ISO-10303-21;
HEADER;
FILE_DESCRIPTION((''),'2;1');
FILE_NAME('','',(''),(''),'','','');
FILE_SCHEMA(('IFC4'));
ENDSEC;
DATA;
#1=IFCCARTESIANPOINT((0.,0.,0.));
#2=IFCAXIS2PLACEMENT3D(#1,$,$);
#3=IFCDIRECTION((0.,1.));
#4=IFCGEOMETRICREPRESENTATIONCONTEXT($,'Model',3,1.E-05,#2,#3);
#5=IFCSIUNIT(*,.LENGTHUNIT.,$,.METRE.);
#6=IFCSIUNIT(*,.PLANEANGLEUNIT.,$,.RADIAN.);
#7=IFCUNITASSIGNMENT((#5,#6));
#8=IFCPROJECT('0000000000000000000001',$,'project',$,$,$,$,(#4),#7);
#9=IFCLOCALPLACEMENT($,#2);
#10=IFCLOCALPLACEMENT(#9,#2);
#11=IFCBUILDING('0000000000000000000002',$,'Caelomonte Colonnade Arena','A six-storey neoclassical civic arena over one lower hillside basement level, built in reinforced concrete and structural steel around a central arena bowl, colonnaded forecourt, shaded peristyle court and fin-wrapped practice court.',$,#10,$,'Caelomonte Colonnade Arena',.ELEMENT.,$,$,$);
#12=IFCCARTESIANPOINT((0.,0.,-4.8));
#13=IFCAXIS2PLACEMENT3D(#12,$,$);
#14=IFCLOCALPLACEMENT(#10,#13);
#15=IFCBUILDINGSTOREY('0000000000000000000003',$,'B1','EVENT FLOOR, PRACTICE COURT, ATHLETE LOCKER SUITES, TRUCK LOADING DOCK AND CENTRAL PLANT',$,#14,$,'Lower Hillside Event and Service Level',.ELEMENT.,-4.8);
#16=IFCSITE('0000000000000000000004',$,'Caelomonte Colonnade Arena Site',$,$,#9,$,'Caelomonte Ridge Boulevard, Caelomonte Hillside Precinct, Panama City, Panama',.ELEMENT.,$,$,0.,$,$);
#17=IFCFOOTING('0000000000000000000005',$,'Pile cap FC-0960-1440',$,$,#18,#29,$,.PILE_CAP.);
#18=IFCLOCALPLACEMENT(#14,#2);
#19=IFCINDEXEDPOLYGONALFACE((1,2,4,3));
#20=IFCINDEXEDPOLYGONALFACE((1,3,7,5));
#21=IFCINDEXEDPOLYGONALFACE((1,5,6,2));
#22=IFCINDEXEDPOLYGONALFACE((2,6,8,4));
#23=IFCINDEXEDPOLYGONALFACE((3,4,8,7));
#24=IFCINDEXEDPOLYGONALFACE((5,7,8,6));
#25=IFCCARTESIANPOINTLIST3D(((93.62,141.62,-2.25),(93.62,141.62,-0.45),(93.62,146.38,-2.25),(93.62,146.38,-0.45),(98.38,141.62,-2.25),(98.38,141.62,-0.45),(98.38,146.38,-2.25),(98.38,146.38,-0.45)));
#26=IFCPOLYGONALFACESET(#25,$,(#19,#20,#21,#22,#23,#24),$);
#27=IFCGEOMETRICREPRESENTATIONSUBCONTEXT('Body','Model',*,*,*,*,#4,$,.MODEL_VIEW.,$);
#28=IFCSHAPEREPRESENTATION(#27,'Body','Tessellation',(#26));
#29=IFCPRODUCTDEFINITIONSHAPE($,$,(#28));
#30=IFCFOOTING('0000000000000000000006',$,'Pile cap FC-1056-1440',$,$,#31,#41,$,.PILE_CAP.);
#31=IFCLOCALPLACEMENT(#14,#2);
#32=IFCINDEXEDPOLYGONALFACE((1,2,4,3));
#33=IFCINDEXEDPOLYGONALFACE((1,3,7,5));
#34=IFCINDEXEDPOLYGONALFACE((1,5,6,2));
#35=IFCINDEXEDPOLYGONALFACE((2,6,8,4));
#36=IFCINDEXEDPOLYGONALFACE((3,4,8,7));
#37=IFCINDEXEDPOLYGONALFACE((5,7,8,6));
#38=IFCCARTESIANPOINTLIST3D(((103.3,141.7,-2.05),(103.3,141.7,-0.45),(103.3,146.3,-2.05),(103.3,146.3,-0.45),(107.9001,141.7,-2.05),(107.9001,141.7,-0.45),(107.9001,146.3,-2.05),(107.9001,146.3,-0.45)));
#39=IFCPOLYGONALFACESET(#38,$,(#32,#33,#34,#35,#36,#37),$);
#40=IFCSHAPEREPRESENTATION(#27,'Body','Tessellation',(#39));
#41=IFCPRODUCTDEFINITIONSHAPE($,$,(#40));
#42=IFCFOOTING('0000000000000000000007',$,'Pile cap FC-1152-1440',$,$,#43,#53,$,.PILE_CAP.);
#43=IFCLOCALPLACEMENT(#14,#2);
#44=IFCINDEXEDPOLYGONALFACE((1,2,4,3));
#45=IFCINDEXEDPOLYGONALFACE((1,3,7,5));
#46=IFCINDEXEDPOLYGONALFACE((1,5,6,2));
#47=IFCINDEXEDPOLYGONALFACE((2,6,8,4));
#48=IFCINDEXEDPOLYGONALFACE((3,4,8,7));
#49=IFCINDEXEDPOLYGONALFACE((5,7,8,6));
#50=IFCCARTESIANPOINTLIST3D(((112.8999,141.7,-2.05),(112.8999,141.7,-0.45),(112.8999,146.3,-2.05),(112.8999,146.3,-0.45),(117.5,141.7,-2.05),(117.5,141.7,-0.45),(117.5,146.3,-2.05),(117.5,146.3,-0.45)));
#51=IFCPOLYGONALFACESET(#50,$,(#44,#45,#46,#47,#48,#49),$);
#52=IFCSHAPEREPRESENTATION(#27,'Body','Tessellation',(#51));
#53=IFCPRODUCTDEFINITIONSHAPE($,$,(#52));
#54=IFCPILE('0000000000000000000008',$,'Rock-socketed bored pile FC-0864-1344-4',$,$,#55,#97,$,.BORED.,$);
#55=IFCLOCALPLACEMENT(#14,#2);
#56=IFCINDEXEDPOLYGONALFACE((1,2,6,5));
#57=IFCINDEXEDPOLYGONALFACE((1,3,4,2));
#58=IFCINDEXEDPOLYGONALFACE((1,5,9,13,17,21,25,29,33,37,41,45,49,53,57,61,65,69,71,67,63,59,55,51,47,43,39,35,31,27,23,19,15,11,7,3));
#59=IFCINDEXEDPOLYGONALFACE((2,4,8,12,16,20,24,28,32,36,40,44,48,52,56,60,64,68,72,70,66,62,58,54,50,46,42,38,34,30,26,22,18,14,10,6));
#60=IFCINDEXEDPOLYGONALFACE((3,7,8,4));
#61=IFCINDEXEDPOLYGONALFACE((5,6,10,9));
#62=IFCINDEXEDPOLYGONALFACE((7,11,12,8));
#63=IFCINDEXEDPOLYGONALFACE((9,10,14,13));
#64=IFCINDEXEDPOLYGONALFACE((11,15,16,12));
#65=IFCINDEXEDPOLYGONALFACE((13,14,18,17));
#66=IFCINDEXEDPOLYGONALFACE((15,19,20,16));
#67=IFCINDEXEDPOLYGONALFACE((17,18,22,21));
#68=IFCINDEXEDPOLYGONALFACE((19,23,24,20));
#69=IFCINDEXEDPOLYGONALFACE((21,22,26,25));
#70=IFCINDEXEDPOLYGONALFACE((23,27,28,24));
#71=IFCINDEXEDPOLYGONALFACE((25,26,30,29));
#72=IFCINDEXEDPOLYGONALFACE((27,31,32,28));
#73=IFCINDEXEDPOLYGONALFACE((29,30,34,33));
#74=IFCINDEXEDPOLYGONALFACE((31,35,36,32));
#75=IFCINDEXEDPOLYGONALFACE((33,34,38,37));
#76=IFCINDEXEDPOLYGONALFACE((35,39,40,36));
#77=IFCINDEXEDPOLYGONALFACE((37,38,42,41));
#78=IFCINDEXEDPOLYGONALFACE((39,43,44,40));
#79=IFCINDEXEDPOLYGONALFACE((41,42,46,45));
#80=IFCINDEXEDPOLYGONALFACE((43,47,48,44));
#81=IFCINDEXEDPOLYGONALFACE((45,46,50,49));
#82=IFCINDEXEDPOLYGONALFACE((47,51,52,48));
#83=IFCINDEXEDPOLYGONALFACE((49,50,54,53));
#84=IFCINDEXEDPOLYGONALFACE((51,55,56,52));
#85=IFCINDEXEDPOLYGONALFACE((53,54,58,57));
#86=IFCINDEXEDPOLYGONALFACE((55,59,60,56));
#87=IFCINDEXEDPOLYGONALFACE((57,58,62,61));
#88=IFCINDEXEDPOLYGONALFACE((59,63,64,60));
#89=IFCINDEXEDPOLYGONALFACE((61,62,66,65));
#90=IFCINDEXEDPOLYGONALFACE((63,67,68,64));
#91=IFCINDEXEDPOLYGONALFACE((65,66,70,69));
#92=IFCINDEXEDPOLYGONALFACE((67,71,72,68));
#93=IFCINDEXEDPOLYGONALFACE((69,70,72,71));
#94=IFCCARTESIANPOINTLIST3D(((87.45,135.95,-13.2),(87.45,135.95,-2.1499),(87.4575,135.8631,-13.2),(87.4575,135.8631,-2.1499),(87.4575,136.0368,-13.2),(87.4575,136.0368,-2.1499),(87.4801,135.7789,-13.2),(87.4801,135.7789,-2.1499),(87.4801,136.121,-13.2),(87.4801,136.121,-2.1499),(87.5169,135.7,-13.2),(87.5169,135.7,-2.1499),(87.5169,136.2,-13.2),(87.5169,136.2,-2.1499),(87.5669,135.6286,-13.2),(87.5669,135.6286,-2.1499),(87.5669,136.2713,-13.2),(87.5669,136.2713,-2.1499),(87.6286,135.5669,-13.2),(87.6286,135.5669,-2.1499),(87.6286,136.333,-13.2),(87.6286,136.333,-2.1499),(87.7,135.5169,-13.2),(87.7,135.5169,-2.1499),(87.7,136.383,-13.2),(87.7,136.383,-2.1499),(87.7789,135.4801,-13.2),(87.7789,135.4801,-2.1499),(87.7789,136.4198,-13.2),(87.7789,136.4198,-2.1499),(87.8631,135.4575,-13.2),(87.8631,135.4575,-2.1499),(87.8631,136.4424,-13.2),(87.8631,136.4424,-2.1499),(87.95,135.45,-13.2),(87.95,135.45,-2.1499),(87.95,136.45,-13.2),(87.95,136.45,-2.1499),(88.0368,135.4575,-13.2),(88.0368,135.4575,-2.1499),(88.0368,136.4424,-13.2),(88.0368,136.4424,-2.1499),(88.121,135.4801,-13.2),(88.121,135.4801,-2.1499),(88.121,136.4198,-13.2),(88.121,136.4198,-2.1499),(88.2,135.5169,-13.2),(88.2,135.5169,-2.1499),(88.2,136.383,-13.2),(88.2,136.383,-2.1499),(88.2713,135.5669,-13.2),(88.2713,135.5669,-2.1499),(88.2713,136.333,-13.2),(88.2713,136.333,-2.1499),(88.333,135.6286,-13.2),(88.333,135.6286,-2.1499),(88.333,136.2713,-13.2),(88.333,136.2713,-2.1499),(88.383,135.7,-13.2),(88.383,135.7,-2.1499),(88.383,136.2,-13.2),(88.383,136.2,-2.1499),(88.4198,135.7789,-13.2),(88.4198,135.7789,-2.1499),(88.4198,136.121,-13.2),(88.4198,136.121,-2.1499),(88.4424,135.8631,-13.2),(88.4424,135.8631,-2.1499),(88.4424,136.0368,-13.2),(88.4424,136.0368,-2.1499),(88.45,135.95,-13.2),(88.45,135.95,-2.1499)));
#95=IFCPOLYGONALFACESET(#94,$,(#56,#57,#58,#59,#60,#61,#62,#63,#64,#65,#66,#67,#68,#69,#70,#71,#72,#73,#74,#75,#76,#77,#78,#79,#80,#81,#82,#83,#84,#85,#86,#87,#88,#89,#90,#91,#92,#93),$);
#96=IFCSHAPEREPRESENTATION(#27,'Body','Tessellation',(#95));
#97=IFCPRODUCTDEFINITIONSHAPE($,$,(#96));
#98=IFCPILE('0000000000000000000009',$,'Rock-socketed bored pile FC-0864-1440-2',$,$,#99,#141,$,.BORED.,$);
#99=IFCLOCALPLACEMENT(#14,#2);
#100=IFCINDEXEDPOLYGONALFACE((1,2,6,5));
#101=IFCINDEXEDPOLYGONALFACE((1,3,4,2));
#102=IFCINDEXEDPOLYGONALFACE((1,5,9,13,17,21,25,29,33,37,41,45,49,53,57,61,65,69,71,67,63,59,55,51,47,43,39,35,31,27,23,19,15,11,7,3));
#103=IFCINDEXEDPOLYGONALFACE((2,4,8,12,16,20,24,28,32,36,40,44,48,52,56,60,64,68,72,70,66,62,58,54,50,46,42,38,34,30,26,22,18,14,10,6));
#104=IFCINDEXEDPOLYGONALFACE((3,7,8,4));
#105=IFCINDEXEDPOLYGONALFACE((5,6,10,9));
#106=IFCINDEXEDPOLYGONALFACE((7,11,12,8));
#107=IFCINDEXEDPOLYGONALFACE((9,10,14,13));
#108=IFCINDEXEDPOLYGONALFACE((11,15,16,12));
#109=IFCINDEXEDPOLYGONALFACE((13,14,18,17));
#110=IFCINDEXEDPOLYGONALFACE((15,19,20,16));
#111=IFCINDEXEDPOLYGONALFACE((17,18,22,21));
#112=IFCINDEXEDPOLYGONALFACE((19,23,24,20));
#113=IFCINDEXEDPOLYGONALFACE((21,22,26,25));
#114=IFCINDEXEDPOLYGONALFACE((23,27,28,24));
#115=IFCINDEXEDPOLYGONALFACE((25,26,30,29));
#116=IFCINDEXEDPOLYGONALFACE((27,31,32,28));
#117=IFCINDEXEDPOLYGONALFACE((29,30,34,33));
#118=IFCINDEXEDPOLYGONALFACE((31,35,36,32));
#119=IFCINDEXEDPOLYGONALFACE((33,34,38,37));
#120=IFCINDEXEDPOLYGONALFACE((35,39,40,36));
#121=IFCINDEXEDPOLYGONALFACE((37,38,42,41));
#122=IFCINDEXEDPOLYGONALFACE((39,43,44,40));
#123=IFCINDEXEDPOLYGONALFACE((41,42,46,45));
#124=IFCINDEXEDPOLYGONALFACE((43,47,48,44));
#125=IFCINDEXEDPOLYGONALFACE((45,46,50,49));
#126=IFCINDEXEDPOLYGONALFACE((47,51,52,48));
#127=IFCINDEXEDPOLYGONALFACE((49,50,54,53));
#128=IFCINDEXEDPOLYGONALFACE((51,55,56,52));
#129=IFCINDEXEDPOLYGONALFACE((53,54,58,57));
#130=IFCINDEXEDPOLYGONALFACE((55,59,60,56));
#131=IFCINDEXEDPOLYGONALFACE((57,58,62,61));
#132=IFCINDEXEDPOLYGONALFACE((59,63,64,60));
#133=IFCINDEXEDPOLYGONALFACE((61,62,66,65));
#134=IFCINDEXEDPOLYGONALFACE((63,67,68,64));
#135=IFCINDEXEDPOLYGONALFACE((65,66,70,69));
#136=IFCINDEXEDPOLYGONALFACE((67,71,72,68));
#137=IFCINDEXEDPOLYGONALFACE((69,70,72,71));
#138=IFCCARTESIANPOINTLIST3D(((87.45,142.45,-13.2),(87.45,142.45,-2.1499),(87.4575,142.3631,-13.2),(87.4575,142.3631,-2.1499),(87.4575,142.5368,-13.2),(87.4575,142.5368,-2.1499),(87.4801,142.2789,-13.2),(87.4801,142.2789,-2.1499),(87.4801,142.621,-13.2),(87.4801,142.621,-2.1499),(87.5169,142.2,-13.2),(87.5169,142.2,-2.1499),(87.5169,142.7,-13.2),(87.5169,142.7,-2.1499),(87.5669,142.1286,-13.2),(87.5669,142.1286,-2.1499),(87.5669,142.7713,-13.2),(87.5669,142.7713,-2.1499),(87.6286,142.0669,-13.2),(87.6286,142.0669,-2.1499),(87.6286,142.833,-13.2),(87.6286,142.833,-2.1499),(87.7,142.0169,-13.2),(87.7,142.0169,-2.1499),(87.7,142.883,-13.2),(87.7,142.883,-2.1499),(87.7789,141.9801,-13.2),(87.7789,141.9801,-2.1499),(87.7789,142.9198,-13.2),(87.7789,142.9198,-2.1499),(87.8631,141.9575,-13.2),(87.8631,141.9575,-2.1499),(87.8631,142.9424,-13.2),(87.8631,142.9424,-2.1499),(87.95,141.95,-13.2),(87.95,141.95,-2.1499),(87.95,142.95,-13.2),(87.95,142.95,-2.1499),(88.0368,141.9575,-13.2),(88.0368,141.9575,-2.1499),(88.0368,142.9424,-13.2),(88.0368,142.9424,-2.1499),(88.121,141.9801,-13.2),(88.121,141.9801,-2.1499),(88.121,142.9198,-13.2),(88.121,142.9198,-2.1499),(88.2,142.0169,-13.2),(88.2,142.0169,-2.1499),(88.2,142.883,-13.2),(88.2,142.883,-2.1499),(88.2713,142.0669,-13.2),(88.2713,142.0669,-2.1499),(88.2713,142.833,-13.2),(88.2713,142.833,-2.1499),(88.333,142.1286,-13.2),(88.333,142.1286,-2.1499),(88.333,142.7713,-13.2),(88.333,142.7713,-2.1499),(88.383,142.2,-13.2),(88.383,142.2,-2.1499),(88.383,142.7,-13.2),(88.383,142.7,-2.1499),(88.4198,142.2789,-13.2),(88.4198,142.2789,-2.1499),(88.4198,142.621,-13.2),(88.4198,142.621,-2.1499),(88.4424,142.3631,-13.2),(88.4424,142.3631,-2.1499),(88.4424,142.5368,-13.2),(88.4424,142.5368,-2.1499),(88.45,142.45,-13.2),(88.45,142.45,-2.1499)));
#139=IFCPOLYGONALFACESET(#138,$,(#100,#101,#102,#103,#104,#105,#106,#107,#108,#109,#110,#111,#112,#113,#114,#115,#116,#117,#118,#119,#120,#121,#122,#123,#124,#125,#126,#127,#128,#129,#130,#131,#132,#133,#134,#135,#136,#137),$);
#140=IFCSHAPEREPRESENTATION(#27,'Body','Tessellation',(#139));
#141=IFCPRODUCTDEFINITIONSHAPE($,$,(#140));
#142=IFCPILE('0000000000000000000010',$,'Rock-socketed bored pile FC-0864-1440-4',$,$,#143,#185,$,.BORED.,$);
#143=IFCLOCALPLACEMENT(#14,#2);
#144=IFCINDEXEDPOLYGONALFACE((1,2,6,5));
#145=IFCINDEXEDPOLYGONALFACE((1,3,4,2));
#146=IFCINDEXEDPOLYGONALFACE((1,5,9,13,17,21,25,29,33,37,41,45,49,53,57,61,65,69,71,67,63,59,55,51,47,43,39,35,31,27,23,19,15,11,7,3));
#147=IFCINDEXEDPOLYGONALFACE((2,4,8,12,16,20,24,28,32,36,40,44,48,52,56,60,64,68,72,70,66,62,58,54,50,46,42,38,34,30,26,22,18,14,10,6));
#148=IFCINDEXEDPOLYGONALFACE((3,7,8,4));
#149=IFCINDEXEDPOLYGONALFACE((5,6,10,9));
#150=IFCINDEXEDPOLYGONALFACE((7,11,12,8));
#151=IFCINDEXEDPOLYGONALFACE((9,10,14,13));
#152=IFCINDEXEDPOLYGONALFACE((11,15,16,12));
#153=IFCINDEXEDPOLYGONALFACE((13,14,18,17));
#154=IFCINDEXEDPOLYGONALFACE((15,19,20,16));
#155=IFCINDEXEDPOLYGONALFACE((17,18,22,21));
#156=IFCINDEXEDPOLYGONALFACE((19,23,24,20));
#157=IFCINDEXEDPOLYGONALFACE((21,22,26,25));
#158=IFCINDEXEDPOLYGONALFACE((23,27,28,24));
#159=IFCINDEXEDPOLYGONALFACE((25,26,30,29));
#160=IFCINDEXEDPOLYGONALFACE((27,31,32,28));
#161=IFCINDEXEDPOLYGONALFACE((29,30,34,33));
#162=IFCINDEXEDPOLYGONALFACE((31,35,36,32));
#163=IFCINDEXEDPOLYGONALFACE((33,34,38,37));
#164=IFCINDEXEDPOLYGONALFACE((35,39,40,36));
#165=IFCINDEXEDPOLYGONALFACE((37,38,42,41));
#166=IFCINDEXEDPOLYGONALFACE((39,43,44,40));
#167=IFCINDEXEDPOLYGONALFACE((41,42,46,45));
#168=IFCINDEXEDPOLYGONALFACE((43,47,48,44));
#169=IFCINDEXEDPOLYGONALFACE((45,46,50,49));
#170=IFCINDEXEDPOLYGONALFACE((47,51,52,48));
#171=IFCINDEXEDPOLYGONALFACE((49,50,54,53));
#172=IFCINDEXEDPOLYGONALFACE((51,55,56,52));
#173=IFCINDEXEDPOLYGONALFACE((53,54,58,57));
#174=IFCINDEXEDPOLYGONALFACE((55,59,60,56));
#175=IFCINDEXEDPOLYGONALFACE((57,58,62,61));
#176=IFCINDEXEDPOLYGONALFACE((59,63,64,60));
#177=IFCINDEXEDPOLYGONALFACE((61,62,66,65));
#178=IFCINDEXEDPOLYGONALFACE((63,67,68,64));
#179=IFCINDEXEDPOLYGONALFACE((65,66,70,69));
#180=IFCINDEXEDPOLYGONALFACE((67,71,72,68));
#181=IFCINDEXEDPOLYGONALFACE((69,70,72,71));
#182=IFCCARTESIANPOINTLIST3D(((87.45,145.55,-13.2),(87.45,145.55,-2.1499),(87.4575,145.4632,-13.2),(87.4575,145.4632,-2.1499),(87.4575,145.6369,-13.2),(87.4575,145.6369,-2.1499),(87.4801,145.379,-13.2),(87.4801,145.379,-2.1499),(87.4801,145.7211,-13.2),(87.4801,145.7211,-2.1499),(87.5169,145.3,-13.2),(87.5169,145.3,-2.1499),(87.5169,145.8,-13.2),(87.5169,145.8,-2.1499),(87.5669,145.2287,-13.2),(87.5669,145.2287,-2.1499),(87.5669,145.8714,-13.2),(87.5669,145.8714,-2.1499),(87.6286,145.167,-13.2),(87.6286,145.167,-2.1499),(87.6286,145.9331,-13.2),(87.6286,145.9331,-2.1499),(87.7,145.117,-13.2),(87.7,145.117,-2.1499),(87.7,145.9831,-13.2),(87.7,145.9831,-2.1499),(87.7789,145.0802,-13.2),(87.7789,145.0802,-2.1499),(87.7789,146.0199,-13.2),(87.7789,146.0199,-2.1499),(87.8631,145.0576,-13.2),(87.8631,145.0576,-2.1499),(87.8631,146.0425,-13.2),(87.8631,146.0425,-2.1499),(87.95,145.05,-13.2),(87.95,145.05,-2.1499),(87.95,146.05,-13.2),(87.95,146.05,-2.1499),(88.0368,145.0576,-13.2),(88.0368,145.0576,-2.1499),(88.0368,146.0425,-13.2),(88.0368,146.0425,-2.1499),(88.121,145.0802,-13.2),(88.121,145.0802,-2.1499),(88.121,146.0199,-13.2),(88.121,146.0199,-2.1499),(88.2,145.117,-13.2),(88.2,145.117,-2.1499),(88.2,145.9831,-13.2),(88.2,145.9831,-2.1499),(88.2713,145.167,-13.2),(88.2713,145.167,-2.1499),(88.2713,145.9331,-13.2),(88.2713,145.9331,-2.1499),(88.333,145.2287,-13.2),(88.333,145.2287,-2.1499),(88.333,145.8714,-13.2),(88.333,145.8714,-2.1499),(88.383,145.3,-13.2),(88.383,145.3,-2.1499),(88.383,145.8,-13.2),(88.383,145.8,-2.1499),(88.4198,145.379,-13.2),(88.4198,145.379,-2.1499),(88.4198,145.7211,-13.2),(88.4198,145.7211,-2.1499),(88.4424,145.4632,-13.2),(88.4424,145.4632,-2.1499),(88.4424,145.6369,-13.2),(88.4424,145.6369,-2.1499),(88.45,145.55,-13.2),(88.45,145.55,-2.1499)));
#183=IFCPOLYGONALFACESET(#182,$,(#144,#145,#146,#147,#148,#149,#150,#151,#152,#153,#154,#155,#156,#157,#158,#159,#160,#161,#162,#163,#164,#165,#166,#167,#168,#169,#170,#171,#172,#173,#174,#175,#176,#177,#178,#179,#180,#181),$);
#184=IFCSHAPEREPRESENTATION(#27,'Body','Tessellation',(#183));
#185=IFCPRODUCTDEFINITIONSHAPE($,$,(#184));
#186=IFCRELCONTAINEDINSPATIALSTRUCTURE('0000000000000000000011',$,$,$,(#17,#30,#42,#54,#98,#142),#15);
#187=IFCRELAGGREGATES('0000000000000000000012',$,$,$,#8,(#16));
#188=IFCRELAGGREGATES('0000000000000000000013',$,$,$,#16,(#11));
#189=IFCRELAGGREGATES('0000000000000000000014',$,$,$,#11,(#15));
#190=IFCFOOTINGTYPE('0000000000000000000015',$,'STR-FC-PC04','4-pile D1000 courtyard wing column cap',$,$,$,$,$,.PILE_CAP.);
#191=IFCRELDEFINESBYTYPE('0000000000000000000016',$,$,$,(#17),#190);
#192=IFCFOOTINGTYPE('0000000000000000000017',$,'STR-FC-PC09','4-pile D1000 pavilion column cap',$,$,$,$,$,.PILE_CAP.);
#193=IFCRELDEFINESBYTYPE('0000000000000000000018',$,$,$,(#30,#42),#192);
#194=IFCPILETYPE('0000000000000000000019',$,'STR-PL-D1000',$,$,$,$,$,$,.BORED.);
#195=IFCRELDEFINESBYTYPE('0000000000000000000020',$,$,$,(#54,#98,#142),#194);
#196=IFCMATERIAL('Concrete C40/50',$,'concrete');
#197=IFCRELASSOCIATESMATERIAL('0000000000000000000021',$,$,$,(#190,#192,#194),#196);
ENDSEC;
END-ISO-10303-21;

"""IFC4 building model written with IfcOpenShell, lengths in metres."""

from ifc_helpers import new_model, si_unit, direction, frame, origin, origin_2d, place, context, subcontext, project, spatial, rectangle, circle, extrude, material, material_profile, profile_set, type_object, element, save


model = new_model("IFC4")

# Units and contexts
model_context = context("Model", 3, precision=1e-05, world=origin(), true_north=direction((0.0, 1.0)))
body_context = subcontext(model_context, "Body", "Model", "MODEL_VIEW")
ifc_project = project(units=[si_unit("LENGTHUNIT", "METRE"), si_unit("PLANEANGLEUNIT", "RADIAN")], contexts=[model_context])

# Site, building, storey
site_placement = place(None, origin())
site = spatial("IfcSite", under=ifc_project, at=site_placement, Name="Caelomonte Colonnade Arena Site", LongName="Caelomonte Ridge Boulevard, Caelomonte Hillside Precinct, Panama City, Panama", CompositionType="ELEMENT", RefElevation=0.0)
building_placement = place(site_placement, origin())
building = spatial("IfcBuilding", under=site, at=building_placement, Name="Caelomonte Colonnade Arena", Description="A six-storey neoclassical civic arena over one lower hillside basement level, built in reinforced concrete and structural steel around a central arena bowl, colonnaded forecourt, shaded peristyle court and fin-wrapped practice court.", LongName="Caelomonte Colonnade Arena", CompositionType="ELEMENT")
storey_placement = place(building_placement, frame((0.0, 0.0, -4.8)))
storey = spatial("IfcBuildingStorey", under=building, at=storey_placement, Name="B1", Description="EVENT FLOOR, PRACTICE COURT, ATHLETE LOCKER SUITES, TRUCK LOADING DOCK AND CENTRAL PLANT", LongName="Lower Hillside Event and Service Level", CompositionType="ELEMENT", Elevation=-4.8)

# Footings
ifc_material = material(Name="Concrete C40/50", Category="concrete")
footing_type_1 = type_object("IfcFootingType", Name="STR-FC-PC04", Description="4-pile D1000 courtyard wing column cap", PredefinedType="PILE_CAP", material=ifc_material)
footing_placement = place(storey_placement, frame((96.0, 144.0, -2.25), z_axis=(0.0, 0.0, 1.0), x_axis=(1.0, 0.0, 0.0)))
element("IfcFooting", 1, at=footing_placement, inside=storey, type_object=footing_type_1, Name="Pile cap FC-0960-1440", PredefinedType="PILE_CAP", context=body_context, shape_type="SweptSolid", body=[
    extrude(rectangle(XDim=4.76, YDim=4.76, at=origin_2d()), origin(), (0.0, 0.0, 1.0), 1.8),
])
footing_type_2 = type_object("IfcFootingType", Name="STR-FC-PC09", Description="4-pile D1000 pavilion column cap", PredefinedType="PILE_CAP", material=ifc_material)
for number, where, z_axis, x_axis, name in (
    (2, (105.6001, 144.0, -2.05), (0.0, 0.0, 1.0), (1.0, 0.0, 0.0), "Pile cap FC-1056-1440"),
    (3, (115.2, 144.0, -2.05), (0.0, 0.0, 1.0), (1.0, 0.0, 0.0), "Pile cap FC-1152-1440"),
):
    element("IfcFooting", number, at=place(storey_placement, frame(where, z_axis=z_axis, x_axis=x_axis)), inside=storey, type_object=footing_type_2, Name=name, PredefinedType="PILE_CAP", context=body_context, shape_type="SweptSolid", body=[
        extrude(rectangle(XDim=4.6001, YDim=4.6001, at=origin_2d()), origin(), (0.0, 0.0, 1.0), 1.6001),
    ])

# Piles
ifc_material_profile_1 = material_profile(ifc_material, circle(Radius=0.5, at=origin_2d()), Name="PILE-D1000")
ifc_profile_set_1 = profile_set([ifc_material_profile_1], Name="Concrete C40/50")
pile_type = type_object("IfcPileType", Name="STR-PL-D1000", PredefinedType="BORED", material=ifc_profile_set_1)
for number, where, z_axis, x_axis, name in (
    (4, (87.95, 135.95, -2.1499), (0.0, 0.0, -1.0), (1.0, 0.0, 0.0), "Rock-socketed bored pile FC-0864-1344-4"),
    (5, (87.95, 142.45, -2.1499), (0.0, 0.0, -1.0), (1.0, 0.0, 0.0), "Rock-socketed bored pile FC-0864-1440-2"),
    (6, (87.95, 145.55, -2.1499), (0.0, 0.0, -1.0), (1.0, 0.0, 0.0), "Rock-socketed bored pile FC-0864-1440-4"),
):
    element("IfcPile", number, at=place(storey_placement, frame(where, z_axis=z_axis, x_axis=x_axis)), inside=storey, type_object=pile_type, Name=name, PredefinedType="BORED", context=body_context, shape_type="SweptSolid", body=[
        extrude(circle(Radius=0.5, at=origin_2d()), origin(), (0.0, 0.0, 1.0), 11.05),
    ])

save(model, "model.ifc")
